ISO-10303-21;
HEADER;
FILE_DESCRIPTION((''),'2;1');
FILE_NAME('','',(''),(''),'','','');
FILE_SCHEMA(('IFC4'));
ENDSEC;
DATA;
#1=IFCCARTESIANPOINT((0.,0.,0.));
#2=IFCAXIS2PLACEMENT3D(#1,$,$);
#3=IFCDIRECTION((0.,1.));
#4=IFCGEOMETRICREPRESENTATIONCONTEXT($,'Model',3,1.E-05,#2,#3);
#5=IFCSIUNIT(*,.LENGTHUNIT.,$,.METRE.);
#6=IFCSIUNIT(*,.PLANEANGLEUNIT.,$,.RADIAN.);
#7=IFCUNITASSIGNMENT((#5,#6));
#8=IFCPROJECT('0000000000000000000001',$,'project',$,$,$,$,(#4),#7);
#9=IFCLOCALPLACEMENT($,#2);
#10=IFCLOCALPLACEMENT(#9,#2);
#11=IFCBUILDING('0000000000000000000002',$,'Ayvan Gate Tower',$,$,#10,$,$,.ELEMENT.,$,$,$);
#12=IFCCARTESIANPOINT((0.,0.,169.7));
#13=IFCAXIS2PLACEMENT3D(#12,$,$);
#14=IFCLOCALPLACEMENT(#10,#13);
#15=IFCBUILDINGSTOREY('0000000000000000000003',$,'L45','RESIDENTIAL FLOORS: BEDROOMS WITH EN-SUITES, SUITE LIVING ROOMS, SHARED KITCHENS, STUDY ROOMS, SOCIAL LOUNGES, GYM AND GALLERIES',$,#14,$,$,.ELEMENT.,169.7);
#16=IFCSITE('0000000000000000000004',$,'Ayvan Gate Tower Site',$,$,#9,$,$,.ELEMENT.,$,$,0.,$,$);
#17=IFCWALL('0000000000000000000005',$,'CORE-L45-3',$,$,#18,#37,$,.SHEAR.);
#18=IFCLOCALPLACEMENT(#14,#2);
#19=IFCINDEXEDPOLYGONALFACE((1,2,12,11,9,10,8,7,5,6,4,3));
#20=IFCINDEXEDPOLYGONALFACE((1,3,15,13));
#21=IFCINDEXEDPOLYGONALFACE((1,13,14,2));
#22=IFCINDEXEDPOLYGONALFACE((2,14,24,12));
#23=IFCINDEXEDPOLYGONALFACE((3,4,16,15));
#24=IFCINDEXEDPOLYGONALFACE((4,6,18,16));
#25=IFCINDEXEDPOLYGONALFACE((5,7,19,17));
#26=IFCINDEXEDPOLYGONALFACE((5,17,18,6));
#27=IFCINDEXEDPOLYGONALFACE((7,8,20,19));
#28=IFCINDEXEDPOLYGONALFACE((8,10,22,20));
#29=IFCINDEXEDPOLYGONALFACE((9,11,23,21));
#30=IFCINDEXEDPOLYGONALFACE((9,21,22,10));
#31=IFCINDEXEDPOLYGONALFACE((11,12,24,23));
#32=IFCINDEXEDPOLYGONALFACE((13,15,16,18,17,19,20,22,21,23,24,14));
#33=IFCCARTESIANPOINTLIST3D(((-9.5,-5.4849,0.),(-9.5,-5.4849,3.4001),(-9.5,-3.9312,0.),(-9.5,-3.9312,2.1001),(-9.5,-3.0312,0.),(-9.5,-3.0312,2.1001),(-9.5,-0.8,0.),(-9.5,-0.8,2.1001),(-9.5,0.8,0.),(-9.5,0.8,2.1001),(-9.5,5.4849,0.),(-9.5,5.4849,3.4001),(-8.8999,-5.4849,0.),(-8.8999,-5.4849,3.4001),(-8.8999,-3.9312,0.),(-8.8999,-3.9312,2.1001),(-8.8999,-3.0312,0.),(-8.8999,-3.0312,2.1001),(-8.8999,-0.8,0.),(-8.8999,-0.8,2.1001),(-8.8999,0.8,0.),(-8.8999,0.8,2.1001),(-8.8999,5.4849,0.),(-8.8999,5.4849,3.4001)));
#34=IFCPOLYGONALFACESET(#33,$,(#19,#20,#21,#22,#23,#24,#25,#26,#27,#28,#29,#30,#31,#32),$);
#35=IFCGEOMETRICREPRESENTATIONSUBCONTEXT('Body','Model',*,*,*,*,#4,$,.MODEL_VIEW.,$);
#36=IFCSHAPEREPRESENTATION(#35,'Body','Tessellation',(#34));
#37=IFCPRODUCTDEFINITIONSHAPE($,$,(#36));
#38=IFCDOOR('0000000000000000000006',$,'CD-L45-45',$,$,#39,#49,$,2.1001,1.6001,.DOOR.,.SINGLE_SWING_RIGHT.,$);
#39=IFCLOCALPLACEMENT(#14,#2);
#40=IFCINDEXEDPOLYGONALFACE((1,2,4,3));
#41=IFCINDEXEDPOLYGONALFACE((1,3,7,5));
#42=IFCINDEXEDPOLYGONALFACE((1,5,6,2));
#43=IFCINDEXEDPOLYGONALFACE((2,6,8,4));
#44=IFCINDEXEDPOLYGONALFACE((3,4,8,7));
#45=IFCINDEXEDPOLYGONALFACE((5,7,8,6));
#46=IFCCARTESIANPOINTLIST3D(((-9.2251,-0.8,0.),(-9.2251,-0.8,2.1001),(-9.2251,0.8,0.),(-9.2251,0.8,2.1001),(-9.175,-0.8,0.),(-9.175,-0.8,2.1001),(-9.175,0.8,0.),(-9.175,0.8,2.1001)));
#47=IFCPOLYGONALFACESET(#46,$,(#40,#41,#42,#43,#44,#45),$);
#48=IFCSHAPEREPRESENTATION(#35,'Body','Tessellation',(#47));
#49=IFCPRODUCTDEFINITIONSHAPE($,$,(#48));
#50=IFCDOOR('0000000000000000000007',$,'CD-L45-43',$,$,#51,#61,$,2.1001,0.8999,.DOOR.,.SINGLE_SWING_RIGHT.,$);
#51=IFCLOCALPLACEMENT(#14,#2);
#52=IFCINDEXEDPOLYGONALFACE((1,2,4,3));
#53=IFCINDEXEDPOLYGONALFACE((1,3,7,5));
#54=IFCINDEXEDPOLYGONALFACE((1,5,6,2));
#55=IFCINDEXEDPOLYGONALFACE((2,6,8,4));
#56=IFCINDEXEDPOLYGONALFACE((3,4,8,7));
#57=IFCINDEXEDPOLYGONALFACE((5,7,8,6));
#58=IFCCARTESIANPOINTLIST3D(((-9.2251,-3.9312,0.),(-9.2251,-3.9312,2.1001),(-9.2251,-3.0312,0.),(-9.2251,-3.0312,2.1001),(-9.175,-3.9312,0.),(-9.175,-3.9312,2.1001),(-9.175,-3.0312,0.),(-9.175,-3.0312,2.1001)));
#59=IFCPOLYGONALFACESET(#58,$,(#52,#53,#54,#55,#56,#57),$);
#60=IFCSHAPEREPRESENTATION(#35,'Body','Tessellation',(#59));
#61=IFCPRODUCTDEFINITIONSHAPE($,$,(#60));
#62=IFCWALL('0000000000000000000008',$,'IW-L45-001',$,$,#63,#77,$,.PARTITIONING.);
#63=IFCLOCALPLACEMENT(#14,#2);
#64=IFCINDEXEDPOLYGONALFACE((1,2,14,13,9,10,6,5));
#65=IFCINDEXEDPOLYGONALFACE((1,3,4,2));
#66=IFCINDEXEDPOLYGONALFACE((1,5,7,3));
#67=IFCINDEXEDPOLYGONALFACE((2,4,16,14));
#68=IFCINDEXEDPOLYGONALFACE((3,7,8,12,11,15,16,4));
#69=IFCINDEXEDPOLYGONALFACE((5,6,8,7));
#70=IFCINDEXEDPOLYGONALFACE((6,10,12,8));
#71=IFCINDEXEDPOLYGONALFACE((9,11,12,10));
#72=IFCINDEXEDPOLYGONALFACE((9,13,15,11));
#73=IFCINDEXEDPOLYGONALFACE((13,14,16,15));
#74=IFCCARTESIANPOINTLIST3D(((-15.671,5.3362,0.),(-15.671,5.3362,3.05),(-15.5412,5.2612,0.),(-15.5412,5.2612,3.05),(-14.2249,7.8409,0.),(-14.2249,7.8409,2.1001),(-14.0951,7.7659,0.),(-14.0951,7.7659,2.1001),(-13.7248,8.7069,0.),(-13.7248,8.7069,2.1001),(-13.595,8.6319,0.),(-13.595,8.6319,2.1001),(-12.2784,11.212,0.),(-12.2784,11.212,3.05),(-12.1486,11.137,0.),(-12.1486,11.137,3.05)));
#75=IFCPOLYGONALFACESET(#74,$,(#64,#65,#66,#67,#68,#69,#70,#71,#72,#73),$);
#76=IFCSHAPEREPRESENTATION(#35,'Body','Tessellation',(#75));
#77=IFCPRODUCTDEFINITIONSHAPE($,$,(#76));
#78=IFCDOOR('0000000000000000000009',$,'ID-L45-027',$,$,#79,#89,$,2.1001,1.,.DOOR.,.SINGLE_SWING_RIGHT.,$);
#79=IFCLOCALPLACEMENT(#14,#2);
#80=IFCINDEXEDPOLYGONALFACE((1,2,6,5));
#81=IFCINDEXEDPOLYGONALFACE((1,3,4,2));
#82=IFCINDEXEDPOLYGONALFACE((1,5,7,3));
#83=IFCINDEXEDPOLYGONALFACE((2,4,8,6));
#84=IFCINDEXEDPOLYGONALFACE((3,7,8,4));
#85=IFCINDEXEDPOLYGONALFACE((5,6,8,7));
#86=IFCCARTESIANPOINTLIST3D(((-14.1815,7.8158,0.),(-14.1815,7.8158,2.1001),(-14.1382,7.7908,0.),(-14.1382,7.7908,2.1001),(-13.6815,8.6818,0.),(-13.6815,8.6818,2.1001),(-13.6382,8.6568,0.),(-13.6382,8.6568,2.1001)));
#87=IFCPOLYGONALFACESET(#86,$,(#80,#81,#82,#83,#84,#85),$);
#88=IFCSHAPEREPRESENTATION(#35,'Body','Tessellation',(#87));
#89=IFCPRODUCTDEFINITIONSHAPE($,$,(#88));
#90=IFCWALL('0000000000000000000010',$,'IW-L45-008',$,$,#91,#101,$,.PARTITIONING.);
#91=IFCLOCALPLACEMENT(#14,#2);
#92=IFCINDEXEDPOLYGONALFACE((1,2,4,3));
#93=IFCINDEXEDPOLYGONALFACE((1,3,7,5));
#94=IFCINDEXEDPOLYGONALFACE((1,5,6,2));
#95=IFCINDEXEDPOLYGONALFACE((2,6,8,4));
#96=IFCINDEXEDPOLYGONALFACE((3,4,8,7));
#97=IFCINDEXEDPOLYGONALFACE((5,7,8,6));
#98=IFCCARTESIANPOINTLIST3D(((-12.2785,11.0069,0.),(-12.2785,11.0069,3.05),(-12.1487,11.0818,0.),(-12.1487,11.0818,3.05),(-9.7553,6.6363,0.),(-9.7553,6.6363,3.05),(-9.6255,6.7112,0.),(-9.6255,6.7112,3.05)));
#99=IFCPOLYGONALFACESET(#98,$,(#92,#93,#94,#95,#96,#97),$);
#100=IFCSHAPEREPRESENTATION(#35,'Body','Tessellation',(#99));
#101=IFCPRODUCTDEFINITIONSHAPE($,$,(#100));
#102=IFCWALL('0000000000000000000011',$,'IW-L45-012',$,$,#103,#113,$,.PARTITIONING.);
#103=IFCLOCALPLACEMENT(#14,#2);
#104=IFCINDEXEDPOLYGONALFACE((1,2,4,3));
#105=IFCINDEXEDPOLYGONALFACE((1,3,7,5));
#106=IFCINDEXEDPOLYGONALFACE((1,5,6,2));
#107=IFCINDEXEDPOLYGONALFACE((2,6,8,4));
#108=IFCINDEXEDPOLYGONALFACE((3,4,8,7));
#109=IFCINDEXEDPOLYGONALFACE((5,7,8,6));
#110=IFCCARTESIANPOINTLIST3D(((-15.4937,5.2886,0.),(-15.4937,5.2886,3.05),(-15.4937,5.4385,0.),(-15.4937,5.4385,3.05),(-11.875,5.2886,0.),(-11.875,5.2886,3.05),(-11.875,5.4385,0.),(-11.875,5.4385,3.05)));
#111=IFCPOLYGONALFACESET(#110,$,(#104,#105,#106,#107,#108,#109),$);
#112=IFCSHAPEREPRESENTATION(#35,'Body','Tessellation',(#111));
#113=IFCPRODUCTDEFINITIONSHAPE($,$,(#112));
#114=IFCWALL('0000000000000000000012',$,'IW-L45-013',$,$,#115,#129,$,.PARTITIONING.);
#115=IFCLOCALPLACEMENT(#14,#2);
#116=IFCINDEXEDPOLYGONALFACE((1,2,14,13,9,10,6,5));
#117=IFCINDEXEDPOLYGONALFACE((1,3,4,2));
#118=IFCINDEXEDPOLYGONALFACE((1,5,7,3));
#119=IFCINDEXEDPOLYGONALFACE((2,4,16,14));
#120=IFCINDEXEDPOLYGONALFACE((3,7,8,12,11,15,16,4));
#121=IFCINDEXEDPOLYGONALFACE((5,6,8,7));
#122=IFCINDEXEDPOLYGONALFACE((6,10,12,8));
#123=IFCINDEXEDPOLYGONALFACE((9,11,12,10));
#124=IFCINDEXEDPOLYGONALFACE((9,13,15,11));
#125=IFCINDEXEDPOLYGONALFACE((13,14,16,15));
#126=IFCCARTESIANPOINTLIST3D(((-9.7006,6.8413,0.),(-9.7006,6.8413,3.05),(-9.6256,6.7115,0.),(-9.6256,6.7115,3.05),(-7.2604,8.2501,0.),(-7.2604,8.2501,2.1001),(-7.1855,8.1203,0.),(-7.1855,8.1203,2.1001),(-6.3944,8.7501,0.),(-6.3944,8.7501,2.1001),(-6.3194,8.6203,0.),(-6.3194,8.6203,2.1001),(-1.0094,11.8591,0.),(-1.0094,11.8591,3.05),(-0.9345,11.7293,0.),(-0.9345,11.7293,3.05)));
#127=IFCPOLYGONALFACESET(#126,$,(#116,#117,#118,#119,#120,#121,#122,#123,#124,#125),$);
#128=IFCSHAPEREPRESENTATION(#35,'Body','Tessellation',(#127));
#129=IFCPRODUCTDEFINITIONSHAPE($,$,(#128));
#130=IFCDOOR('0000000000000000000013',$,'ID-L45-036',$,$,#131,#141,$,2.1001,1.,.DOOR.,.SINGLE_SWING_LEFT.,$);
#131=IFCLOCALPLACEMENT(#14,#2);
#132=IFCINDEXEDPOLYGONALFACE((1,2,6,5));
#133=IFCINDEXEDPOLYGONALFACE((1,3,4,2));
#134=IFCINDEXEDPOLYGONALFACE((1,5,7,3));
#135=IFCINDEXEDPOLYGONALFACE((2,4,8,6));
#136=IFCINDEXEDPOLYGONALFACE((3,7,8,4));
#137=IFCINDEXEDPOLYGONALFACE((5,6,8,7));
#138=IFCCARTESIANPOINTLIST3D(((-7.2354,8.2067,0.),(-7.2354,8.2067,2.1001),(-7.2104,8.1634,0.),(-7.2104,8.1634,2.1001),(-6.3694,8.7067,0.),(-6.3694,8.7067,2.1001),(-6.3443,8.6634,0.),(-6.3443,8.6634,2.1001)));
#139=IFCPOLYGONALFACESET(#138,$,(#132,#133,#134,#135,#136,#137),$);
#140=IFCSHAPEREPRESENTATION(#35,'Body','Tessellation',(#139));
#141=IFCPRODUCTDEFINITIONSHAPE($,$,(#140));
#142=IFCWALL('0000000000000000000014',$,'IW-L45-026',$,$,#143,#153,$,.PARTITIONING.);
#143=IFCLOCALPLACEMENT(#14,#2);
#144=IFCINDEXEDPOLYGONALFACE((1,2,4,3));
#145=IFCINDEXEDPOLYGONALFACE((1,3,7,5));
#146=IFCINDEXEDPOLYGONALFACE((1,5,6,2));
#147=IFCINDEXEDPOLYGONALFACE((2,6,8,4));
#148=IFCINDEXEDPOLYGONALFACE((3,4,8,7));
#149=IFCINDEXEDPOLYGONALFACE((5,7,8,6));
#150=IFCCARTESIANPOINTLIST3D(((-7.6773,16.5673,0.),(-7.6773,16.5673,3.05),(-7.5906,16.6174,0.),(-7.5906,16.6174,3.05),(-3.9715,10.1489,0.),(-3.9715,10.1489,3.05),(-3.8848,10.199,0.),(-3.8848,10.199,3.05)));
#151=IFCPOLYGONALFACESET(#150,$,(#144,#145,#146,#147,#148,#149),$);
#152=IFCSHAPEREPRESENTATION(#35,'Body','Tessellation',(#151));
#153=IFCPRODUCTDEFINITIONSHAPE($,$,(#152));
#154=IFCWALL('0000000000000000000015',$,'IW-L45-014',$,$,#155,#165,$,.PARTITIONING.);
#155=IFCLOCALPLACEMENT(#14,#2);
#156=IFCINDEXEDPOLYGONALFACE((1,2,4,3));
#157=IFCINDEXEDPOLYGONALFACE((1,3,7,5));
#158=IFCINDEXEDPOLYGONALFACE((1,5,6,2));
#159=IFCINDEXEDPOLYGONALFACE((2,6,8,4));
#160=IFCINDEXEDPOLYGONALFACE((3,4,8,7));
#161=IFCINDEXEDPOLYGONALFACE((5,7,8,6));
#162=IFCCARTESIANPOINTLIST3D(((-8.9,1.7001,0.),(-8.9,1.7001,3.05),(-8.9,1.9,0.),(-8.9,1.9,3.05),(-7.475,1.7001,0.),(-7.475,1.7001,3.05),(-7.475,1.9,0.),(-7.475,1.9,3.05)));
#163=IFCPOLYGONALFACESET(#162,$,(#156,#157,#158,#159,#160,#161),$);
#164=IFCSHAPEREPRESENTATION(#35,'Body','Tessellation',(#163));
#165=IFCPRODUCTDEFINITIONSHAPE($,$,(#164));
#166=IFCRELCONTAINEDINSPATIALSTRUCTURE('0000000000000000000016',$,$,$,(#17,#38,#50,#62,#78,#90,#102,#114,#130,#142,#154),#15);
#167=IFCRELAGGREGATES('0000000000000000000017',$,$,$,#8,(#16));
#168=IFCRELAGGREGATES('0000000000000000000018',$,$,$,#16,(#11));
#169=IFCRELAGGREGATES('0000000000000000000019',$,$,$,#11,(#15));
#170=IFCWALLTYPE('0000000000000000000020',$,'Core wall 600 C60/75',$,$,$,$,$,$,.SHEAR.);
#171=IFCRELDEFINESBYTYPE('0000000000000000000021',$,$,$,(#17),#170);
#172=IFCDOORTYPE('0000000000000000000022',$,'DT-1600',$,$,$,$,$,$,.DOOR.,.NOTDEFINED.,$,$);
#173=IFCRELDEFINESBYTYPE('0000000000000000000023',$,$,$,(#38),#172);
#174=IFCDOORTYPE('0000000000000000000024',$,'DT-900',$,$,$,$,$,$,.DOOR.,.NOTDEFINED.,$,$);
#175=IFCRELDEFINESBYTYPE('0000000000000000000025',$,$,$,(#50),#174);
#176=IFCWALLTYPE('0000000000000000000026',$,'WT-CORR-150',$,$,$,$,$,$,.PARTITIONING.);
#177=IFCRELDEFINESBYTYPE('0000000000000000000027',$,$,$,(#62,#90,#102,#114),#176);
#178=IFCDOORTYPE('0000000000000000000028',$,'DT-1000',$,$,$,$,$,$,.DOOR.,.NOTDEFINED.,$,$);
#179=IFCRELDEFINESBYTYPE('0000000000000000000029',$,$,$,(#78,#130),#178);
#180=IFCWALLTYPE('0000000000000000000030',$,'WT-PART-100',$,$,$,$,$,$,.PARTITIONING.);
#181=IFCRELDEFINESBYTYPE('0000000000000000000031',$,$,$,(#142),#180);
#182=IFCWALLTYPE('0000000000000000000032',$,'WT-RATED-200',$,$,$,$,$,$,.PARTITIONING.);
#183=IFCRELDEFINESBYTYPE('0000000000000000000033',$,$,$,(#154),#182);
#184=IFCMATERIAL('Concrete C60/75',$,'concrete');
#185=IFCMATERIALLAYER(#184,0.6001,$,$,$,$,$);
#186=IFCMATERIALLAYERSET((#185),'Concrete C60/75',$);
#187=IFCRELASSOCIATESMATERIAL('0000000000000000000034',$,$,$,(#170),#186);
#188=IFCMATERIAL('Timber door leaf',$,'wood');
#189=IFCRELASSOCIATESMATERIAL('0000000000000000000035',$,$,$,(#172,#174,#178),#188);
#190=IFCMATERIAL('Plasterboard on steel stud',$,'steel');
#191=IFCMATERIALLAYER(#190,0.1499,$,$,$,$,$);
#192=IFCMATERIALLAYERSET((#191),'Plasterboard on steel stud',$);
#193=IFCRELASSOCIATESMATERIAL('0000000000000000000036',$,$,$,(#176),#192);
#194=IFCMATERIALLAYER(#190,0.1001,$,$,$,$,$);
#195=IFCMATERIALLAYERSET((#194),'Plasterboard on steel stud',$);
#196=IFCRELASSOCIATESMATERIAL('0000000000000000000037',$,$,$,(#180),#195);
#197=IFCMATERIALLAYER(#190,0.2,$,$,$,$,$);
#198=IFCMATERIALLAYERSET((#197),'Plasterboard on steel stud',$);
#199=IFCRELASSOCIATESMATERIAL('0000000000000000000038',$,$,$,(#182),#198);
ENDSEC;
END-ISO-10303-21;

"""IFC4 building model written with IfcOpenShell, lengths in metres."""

from ifc_helpers import new_model, si_unit, direction, frame, frame_2d, origin, place, context, subcontext, project, spatial, rectangle, extrude, material, layer, layer_set, type_object, element, fill, save


model = new_model("IFC4")

# Units and contexts
model_context = context("Model", 3, precision=1e-05, world=origin(), true_north=direction((0.0, 1.0)))
body_context = subcontext(model_context, "Body", "Model", "MODEL_VIEW")
ifc_project = project(units=[si_unit("LENGTHUNIT", "METRE"), si_unit("PLANEANGLEUNIT", "RADIAN")], contexts=[model_context])

# Site, building, storey
site_placement = place(None, origin())
site = spatial("IfcSite", under=ifc_project, at=site_placement, Name="Ayvan Gate Tower Site", CompositionType="ELEMENT", RefElevation=0.0)
building_placement = place(site_placement, origin())
building = spatial("IfcBuilding", under=site, at=building_placement, Name="Ayvan Gate Tower", CompositionType="ELEMENT")
storey_placement = place(building_placement, frame((0.0, 0.0, 169.7)))
storey = spatial("IfcBuildingStorey", under=building, at=storey_placement, Name="L45", Description="RESIDENTIAL FLOORS: BEDROOMS WITH EN-SUITES, SUITE LIVING ROOMS, SHARED KITCHENS, STUDY ROOMS, SOCIAL LOUNGES, GYM AND GALLERIES", CompositionType="ELEMENT", Elevation=169.7)

# Wall, openings, doors
ifc_material_1 = material(Name="Concrete C60/75", Category="concrete")
ifc_layer_1 = layer(ifc_material_1, 0.6001)
ifc_layer_set_1 = layer_set([ifc_layer_1], Name="Concrete C60/75")
wall_type_1 = type_object("IfcWallType", Name="Core wall 600 C60/75", PredefinedType="SHEAR", material=ifc_layer_set_1)
wall_1_placement = place(storey_placement, frame((-9.2, 5.4849, 0.0), z_axis=(0.0, 0.0, 1.0), x_axis=(0.0, -1.0, 0.0)))
wall_1 = element("IfcWall", 1, at=wall_1_placement, inside=storey, type_object=wall_type_1, Name="CORE-L45-3", PredefinedType="SHEAR", context=body_context, shape_type="SweptSolid", body=[
    extrude(rectangle(XDim=10.9697, YDim=0.6001, at=frame_2d((5.4849, 0.0))), origin(), (0.0, 0.0, 1.0), 3.4001),
])
opening_1_placement = place(wall_1_placement, frame((8.5161, 0.0, 0.0)))
opening_1 = element("IfcOpeningElement", 2, at=opening_1_placement, cuts=wall_1, PredefinedType="OPENING", context=body_context, shape_type="SweptSolid", body=[
    extrude(rectangle(XDim=0.8999, YDim=2.1001, at=frame_2d((0.45, 1.05))), frame((0.0, 0.3101, 0.0), z_axis=(0.0, -1.0, 0.0), x_axis=(1.0, 0.0, 0.0)), (0.0, 0.0, 1.0), 0.6201),
])
opening_2_placement = place(wall_1_placement, frame((4.6848, 0.0, 0.0)))
opening_2 = element("IfcOpeningElement", 3, at=opening_2_placement, cuts=wall_1, PredefinedType="OPENING", context=body_context, shape_type="SweptSolid", body=[
    extrude(rectangle(XDim=1.6001, YDim=2.1001, at=frame_2d((0.8, 1.05))), frame((0.0, 0.3101, 0.0), z_axis=(0.0, -1.0, 0.0), x_axis=(1.0, 0.0, 0.0)), (0.0, 0.0, 1.0), 0.6201),
])
ifc_material_2 = material(Name="Timber door leaf", Category="wood")
door_type_1 = type_object("IfcDoorType", Name="DT-1600", OperationType="NOTDEFINED", PredefinedType="DOOR", material=ifc_material_2)
door_1_placement = place(opening_2_placement, origin())
door_1 = element("IfcDoor", 4, at=door_1_placement, inside=storey, type_object=door_type_1, Name="CD-L45-45", OperationType="SINGLE_SWING_RIGHT", OverallHeight=2.1001, OverallWidth=1.6001, PredefinedType="DOOR", context=body_context, shape_type="SweptSolid", body=[
    extrude(rectangle(XDim=1.6001, YDim=2.1001, at=frame_2d((0.8, 1.05))), frame((0.0, 0.0249, 0.0), z_axis=(0.0, -1.0, 0.0), x_axis=(1.0, 0.0, 0.0)), (0.0, 0.0, 1.0), 0.05),
])
fill(opening_2, door_1)
door_type_2 = type_object("IfcDoorType", Name="DT-900", OperationType="NOTDEFINED", PredefinedType="DOOR", material=ifc_material_2)
door_2_placement = place(opening_1_placement, origin())
door_2 = element("IfcDoor", 5, at=door_2_placement, inside=storey, type_object=door_type_2, Name="CD-L45-43", OperationType="SINGLE_SWING_RIGHT", OverallHeight=2.1001, OverallWidth=0.8999, PredefinedType="DOOR", context=body_context, shape_type="SweptSolid", body=[
    extrude(rectangle(XDim=0.8999, YDim=2.1001, at=frame_2d((0.45, 1.05))), frame((0.0, 0.0249, 0.0), z_axis=(0.0, -1.0, 0.0), x_axis=(1.0, 0.0, 0.0)), (0.0, 0.0, 1.0), 0.05),
])
fill(opening_1, door_2)

# Wall, opening, door
ifc_material_3 = material(Name="Plasterboard on steel stud", Category="steel")
ifc_layer_2 = layer(ifc_material_3, 0.1499)
ifc_layer_set_2 = layer_set([ifc_layer_2], Name="Plasterboard on steel stud")
wall_type_2 = type_object("IfcWallType", Name="WT-CORR-150", PredefinedType="PARTITIONING", material=ifc_layer_set_2)
wall_2_placement = place(storey_placement, frame((-15.6062, 5.2986, 0.0), z_axis=(0.0, 0.0, 1.0), x_axis=(0.500025, 0.866011, 0.0)))
wall_2 = element("IfcWall", 6, at=wall_2_placement, inside=storey, type_object=wall_type_2, Name="IW-L45-001", PredefinedType="PARTITIONING", context=body_context, shape_type="SweptSolid", body=[
    extrude(rectangle(XDim=6.7849, YDim=0.1499, at=frame_2d((3.3926, 0.0))), origin(), (0.0, 0.0, 1.0), 3.05),
])
opening_3_placement = place(wall_2_placement, frame((2.8923, 0.0, 0.0)))
opening_3 = element("IfcOpeningElement", 7, at=opening_3_placement, cuts=wall_2, PredefinedType="OPENING", context=body_context, shape_type="SweptSolid", body=[
    extrude(rectangle(XDim=1.0, YDim=2.1001, at=frame_2d((0.5, 1.05))), frame((0.0, 0.085, 0.0), z_axis=(0.0, -1.0, 0.0), x_axis=(1.0, 0.0, 0.0)), (0.0, 0.0, 1.0), 0.1699),
])
door_type_3 = type_object("IfcDoorType", Name="DT-1000", OperationType="NOTDEFINED", PredefinedType="DOOR", material=ifc_material_2)
door_3_placement = place(opening_3_placement, origin())
door_3 = element("IfcDoor", 8, at=door_3_placement, inside=storey, type_object=door_type_3, Name="ID-L45-027", OperationType="SINGLE_SWING_RIGHT", OverallHeight=2.1001, OverallWidth=1.0, PredefinedType="DOOR", context=body_context, shape_type="SweptSolid", body=[
    extrude(rectangle(XDim=1.0, YDim=2.1001, at=frame_2d((0.5, 1.05))), frame((0.0, 0.0249, 0.0), z_axis=(0.0, -1.0, 0.0), x_axis=(1.0, 0.0, 0.0)), (0.0, 0.0, 1.0), 0.05),
])
fill(opening_3, door_3)

# Walls
wall_3_placement = place(storey_placement, frame((-12.2136, 11.0444, 0.0), z_axis=(0.0, 0.0, 1.0), x_axis=(0.499974, -0.866041, 0.0)))
element("IfcWall", 9, at=wall_3_placement, inside=storey, type_object=wall_type_2, Name="IW-L45-008", PredefinedType="PARTITIONING", context=body_context, shape_type="SweptSolid", body=[
    extrude(rectangle(XDim=5.0466, YDim=0.1499, at=frame_2d((2.5234, 0.0))), origin(), (0.0, 0.0, 1.0), 3.05),
])
wall_4_placement = place(storey_placement, frame((-11.875, 5.3635, 0.0), z_axis=(0.0, 0.0, 1.0), x_axis=(-1.0, 0.0, 0.0)))
element("IfcWall", 10, at=wall_4_placement, inside=storey, type_object=wall_type_2, Name="IW-L45-012", PredefinedType="PARTITIONING", context=body_context, shape_type="SweptSolid", body=[
    extrude(rectangle(XDim=3.6187, YDim=0.1499, at=frame_2d((1.8093, 0.0))), origin(), (0.0, 0.0, 1.0), 3.05),
])

# Wall, opening, door
wall_5_placement = place(storey_placement, frame((-9.6631, 6.7764, 0.0), z_axis=(0.0, 0.0, 1.0), x_axis=(0.866026, 0.499998, 0.0)))
wall_5 = element("IfcWall", 11, at=wall_5_placement, inside=storey, type_object=wall_type_2, Name="IW-L45-013", PredefinedType="PARTITIONING", context=body_context, shape_type="SweptSolid", body=[
    extrude(rectangle(XDim=10.0356, YDim=0.1499, at=frame_2d((5.0178, 0.0))), origin(), (0.0, 0.0, 1.0), 3.05),
])
opening_4_placement = place(wall_5_placement, frame((2.8176, 0.0, 0.0)))
opening_4 = element("IfcOpeningElement", 12, at=opening_4_placement, cuts=wall_5, PredefinedType="OPENING", context=body_context, shape_type="SweptSolid", body=[
    extrude(rectangle(XDim=1.0, YDim=2.1001, at=frame_2d((0.5, 1.05))), frame((0.0, 0.085, 0.0), z_axis=(0.0, -1.0, 0.0), x_axis=(1.0, 0.0, 0.0)), (0.0, 0.0, 1.0), 0.1699),
])
door_4_placement = place(opening_4_placement, origin())
door_4 = element("IfcDoor", 13, at=door_4_placement, inside=storey, type_object=door_type_3, Name="ID-L45-036", OperationType="SINGLE_SWING_LEFT", OverallHeight=2.1001, OverallWidth=1.0, PredefinedType="DOOR", context=body_context, shape_type="SweptSolid", body=[
    extrude(rectangle(XDim=1.0, YDim=2.1001, at=frame_2d((0.5, 1.05))), frame((0.0, 0.0249, 0.0), z_axis=(0.0, -1.0, 0.0), x_axis=(1.0, 0.0, 0.0)), (0.0, 0.0, 1.0), 0.05),
])
fill(opening_4, door_4)

# Walls
ifc_layer_3 = layer(ifc_material_3, 0.1001)
ifc_layer_set_3 = layer_set([ifc_layer_3], Name="Plasterboard on steel stud")
wall_type_3 = type_object("IfcWallType", Name="WT-PART-100", PredefinedType="PARTITIONING", material=ifc_layer_set_3)
wall_6_placement = place(storey_placement, frame((-3.9282, 10.1741, 0.0), z_axis=(0.0, 0.0, 1.0), x_axis=(-0.500011, 0.866019, 0.0)))
element("IfcWall", 14, at=wall_6_placement, inside=storey, type_object=wall_type_3, Name="IW-L45-026", PredefinedType="PARTITIONING", context=body_context, shape_type="SweptSolid", body=[
    extrude(rectangle(XDim=7.4114, YDim=0.1001, at=frame_2d((3.7056, 0.0))), origin(), (0.0, 0.0, 1.0), 3.05),
])
ifc_layer_4 = layer(ifc_material_3, 0.2)
ifc_layer_set_4 = layer_set([ifc_layer_4], Name="Plasterboard on steel stud")
wall_type_4 = type_object("IfcWallType", Name="WT-RATED-200", PredefinedType="PARTITIONING", material=ifc_layer_set_4)
wall_7_placement = place(storey_placement, frame((-8.8999, 1.8, 0.0), z_axis=(0.0, 0.0, 1.0), x_axis=(1.0, 0.0, 0.0)))
element("IfcWall", 15, at=wall_7_placement, inside=storey, type_object=wall_type_4, Name="IW-L45-014", PredefinedType="PARTITIONING", context=body_context, shape_type="SweptSolid", body=[
    extrude(rectangle(XDim=1.425, YDim=0.2, at=frame_2d((0.7124, 0.0))), origin(), (0.0, 0.0, 1.0), 3.05),
])

save(model, "model.ifc")
